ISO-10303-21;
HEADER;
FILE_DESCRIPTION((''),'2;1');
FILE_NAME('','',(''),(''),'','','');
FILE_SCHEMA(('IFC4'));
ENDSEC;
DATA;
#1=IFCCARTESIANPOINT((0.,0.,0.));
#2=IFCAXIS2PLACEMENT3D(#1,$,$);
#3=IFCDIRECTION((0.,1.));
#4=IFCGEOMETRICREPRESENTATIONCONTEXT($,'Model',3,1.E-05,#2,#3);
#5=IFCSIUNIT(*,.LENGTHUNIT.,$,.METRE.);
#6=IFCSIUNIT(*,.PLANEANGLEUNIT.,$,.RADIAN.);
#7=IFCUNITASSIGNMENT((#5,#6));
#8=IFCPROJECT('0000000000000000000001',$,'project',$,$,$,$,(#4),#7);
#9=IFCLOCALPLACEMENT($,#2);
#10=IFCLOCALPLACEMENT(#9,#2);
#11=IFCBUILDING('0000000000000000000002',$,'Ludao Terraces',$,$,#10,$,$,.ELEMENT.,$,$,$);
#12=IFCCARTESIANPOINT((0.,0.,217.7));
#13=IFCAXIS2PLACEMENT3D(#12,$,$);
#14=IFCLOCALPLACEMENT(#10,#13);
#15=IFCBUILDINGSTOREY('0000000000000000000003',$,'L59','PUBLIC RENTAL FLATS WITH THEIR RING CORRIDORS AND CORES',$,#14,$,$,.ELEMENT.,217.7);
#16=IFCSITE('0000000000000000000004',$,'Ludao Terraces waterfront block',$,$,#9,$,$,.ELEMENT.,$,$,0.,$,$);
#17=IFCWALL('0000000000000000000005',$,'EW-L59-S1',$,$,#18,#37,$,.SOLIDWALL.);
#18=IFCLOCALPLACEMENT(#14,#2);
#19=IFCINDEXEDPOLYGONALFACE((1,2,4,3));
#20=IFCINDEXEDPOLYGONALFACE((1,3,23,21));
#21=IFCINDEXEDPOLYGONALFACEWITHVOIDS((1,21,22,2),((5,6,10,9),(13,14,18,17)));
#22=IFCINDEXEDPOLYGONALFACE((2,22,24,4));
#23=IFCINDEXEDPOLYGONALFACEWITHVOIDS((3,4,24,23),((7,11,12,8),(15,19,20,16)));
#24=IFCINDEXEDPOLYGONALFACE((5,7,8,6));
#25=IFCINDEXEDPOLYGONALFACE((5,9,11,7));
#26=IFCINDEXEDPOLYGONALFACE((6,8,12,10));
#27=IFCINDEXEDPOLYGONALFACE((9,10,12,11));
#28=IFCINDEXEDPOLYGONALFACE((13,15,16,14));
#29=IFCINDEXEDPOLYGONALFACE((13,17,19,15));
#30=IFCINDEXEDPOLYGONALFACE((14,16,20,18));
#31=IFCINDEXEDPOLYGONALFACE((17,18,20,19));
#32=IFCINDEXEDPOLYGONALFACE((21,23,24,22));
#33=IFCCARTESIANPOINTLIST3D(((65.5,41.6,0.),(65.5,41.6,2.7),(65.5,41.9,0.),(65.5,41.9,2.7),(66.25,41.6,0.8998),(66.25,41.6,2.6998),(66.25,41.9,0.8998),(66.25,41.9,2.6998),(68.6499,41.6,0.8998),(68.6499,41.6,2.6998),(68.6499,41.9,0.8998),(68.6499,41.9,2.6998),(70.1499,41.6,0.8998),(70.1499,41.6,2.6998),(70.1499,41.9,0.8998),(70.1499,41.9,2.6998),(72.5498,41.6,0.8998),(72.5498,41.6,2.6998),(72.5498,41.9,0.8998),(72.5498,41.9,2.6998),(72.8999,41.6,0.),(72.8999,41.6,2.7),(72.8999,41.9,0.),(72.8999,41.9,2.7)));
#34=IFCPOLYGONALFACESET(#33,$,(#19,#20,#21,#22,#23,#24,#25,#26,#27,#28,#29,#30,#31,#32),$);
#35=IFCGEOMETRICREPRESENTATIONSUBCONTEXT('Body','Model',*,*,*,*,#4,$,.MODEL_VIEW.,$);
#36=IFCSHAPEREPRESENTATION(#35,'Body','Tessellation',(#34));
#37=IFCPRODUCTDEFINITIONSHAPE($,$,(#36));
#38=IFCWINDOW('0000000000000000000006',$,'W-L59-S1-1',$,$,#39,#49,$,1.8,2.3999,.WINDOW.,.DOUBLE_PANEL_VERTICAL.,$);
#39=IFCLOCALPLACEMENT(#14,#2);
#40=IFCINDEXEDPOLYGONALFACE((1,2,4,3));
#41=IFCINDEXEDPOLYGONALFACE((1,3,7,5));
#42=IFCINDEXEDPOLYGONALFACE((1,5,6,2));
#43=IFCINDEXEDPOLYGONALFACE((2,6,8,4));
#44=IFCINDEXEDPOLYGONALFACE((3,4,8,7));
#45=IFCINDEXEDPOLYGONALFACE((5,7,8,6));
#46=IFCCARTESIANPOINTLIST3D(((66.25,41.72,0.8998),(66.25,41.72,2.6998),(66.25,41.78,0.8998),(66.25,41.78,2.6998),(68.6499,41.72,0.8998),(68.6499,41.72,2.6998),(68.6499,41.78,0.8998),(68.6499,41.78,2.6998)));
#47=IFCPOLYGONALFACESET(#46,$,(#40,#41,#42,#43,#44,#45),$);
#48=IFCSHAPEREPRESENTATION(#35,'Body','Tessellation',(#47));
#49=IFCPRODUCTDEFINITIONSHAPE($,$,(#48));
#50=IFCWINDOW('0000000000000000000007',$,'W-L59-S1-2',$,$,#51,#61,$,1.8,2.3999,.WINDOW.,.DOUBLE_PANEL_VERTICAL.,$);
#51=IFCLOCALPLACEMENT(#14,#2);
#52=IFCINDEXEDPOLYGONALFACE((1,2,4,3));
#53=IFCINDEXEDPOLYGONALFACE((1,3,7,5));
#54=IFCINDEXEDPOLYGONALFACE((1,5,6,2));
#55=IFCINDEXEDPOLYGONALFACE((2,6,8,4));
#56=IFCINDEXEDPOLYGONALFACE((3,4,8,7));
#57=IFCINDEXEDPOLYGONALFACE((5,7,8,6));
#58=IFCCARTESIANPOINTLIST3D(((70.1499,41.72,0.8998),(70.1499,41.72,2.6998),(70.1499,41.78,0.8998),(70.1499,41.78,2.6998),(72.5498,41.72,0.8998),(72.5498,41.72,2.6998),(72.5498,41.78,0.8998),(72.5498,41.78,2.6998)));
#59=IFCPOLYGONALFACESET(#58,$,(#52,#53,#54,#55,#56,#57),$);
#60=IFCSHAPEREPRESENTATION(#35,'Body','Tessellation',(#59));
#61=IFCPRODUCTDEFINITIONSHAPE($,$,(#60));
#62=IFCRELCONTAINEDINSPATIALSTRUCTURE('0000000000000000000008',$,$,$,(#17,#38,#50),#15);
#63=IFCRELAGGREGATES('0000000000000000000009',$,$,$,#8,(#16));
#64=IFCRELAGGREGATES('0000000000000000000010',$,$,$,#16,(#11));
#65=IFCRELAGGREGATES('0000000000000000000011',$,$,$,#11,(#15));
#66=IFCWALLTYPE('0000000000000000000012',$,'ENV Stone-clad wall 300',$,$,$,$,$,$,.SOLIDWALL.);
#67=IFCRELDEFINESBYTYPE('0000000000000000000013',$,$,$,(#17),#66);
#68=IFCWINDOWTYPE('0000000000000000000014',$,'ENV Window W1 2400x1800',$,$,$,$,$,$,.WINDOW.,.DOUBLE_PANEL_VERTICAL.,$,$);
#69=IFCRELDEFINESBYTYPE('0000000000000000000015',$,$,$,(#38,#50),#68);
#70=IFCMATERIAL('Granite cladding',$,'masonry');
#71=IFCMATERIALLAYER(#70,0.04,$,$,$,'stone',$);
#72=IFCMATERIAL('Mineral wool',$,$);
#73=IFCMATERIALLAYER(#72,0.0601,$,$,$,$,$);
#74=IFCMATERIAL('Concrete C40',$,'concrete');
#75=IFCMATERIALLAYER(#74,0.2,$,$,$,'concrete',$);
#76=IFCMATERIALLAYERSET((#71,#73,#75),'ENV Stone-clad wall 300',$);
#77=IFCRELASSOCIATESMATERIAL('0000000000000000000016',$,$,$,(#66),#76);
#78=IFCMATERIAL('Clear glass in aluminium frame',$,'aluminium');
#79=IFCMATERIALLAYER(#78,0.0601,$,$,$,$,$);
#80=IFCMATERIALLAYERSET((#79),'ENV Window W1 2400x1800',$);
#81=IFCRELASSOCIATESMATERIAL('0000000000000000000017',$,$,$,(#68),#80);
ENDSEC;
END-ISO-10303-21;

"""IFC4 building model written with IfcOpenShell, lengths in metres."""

from ifc_helpers import new_model, si_unit, direction, frame, frame_2d, origin, place, context, subcontext, project, spatial, rectangle, extrude, material, layer, layer_set, type_object, element, fill, save


model = new_model("IFC4")

# Units and contexts
model_context = context("Model", 3, precision=1e-05, world=origin(), true_north=direction((0.0, 1.0)))
body_context = subcontext(model_context, "Body", "Model", "MODEL_VIEW")
ifc_project = project(units=[si_unit("LENGTHUNIT", "METRE"), si_unit("PLANEANGLEUNIT", "RADIAN")], contexts=[model_context])

# Site, building, storey
site_placement = place(None, origin())
site = spatial("IfcSite", under=ifc_project, at=site_placement, Name="Ludao Terraces waterfront block", CompositionType="ELEMENT", RefElevation=0.0)
building_placement = place(site_placement, origin())
building = spatial("IfcBuilding", under=site, at=building_placement, Name="Ludao Terraces", CompositionType="ELEMENT")
storey_placement = place(building_placement, frame((0.0, 0.0, 217.7)))
storey = spatial("IfcBuildingStorey", under=building, at=storey_placement, Name="L59", Description="PUBLIC RENTAL FLATS WITH THEIR RING CORRIDORS AND CORES", CompositionType="ELEMENT", Elevation=217.7)

# Wall, openings, windows
ifc_material_1 = material(Name="Granite cladding", Category="masonry")
ifc_layer_1 = layer(ifc_material_1, 0.04, Category="stone")
ifc_material_2 = material(Name="Mineral wool")
ifc_layer_2 = layer(ifc_material_2, 0.0601)
ifc_material_3 = material(Name="Concrete C40", Category="concrete")
ifc_layer_3 = layer(ifc_material_3, 0.2, Category="concrete")
ifc_layer_set_1 = layer_set([ifc_layer_1, ifc_layer_2, ifc_layer_3], Name="ENV Stone-clad wall 300")
wall_type_1 = type_object("IfcWallType", Name="ENV Stone-clad wall 300", PredefinedType="SOLIDWALL", material=ifc_layer_set_1)
wall_1_placement = place(storey_placement, frame((65.5, 41.75, 0.0), z_axis=(0.0, 0.0, 1.0), x_axis=(1.0, 0.0, 0.0)))
wall_1 = element("IfcWall", 1, at=wall_1_placement, inside=storey, type_object=wall_type_1, Name="EW-L59-S1", PredefinedType="SOLIDWALL", context=body_context, shape_type="SweptSolid", body=[
    extrude(rectangle(XDim=7.3999, YDim=0.3, at=frame_2d((3.7, 0.0))), origin(), (0.0, 0.0, 1.0), 2.7),
])
opening_1_placement = place(wall_1_placement, frame((0.75, 0.0, 0.8999)))
opening_1 = element("IfcOpeningElement", 2, at=opening_1_placement, cuts=wall_1, PredefinedType="OPENING", context=body_context, shape_type="SweptSolid", body=[
    extrude(rectangle(XDim=2.3999, YDim=1.8, at=frame_2d((1.2, 0.8999))), frame((0.0, 0.1602, 0.0), z_axis=(0.0, -1.0, 0.0), x_axis=(1.0, 0.0, 0.0)), (0.0, 0.0, 1.0), 0.3201),
])
opening_2_placement = place(wall_1_placement, frame((4.6499, 0.0, 0.8999)))
opening_2 = element("IfcOpeningElement", 3, at=opening_2_placement, cuts=wall_1, PredefinedType="OPENING", context=body_context, shape_type="SweptSolid", body=[
    extrude(rectangle(XDim=2.3999, YDim=1.8, at=frame_2d((1.2, 0.8999))), frame((0.0, 0.1602, 0.0), z_axis=(0.0, -1.0, 0.0), x_axis=(1.0, 0.0, 0.0)), (0.0, 0.0, 1.0), 0.3201),
])
ifc_material_4 = material(Name="Clear glass in aluminium frame", Category="aluminium")
ifc_layer_4 = layer(ifc_material_4, 0.0601)
ifc_layer_set_2 = layer_set([ifc_layer_4], Name="ENV Window W1 2400x1800")
window_type = type_object("IfcWindowType", Name="ENV Window W1 2400x1800", PartitioningType="DOUBLE_PANEL_VERTICAL", PredefinedType="WINDOW", material=ifc_layer_set_2)
window_1_placement = place(opening_1_placement, origin())
window_1 = element("IfcWindow", 4, at=window_1_placement, inside=storey, type_object=window_type, Name="W-L59-S1-1", OverallHeight=1.8, OverallWidth=2.3999, PartitioningType="DOUBLE_PANEL_VERTICAL", PredefinedType="WINDOW", context=body_context, shape_type="SweptSolid", body=[
    extrude(rectangle(XDim=2.3999, YDim=1.8, at=frame_2d((1.2, 0.8999))), frame((0.0, 0.03, 0.0), z_axis=(0.0, -1.0, 0.0), x_axis=(1.0, 0.0, 0.0)), (0.0, 0.0, 1.0), 0.0601),
])
fill(opening_1, window_1)
window_2_placement = place(opening_2_placement, origin())
window_2 = element("IfcWindow", 5, at=window_2_placement, inside=storey, type_object=window_type, Name="W-L59-S1-2", OverallHeight=1.8, OverallWidth=2.3999, PartitioningType="DOUBLE_PANEL_VERTICAL", PredefinedType="WINDOW", context=body_context, shape_type="SweptSolid", body=[
    extrude(rectangle(XDim=2.3999, YDim=1.8, at=frame_2d((1.2, 0.8999))), frame((0.0, 0.03, 0.0), z_axis=(0.0, -1.0, 0.0), x_axis=(1.0, 0.0, 0.0)), (0.0, 0.0, 1.0), 0.0601),
])
fill(opening_2, window_2)

save(model, "model.ifc")
